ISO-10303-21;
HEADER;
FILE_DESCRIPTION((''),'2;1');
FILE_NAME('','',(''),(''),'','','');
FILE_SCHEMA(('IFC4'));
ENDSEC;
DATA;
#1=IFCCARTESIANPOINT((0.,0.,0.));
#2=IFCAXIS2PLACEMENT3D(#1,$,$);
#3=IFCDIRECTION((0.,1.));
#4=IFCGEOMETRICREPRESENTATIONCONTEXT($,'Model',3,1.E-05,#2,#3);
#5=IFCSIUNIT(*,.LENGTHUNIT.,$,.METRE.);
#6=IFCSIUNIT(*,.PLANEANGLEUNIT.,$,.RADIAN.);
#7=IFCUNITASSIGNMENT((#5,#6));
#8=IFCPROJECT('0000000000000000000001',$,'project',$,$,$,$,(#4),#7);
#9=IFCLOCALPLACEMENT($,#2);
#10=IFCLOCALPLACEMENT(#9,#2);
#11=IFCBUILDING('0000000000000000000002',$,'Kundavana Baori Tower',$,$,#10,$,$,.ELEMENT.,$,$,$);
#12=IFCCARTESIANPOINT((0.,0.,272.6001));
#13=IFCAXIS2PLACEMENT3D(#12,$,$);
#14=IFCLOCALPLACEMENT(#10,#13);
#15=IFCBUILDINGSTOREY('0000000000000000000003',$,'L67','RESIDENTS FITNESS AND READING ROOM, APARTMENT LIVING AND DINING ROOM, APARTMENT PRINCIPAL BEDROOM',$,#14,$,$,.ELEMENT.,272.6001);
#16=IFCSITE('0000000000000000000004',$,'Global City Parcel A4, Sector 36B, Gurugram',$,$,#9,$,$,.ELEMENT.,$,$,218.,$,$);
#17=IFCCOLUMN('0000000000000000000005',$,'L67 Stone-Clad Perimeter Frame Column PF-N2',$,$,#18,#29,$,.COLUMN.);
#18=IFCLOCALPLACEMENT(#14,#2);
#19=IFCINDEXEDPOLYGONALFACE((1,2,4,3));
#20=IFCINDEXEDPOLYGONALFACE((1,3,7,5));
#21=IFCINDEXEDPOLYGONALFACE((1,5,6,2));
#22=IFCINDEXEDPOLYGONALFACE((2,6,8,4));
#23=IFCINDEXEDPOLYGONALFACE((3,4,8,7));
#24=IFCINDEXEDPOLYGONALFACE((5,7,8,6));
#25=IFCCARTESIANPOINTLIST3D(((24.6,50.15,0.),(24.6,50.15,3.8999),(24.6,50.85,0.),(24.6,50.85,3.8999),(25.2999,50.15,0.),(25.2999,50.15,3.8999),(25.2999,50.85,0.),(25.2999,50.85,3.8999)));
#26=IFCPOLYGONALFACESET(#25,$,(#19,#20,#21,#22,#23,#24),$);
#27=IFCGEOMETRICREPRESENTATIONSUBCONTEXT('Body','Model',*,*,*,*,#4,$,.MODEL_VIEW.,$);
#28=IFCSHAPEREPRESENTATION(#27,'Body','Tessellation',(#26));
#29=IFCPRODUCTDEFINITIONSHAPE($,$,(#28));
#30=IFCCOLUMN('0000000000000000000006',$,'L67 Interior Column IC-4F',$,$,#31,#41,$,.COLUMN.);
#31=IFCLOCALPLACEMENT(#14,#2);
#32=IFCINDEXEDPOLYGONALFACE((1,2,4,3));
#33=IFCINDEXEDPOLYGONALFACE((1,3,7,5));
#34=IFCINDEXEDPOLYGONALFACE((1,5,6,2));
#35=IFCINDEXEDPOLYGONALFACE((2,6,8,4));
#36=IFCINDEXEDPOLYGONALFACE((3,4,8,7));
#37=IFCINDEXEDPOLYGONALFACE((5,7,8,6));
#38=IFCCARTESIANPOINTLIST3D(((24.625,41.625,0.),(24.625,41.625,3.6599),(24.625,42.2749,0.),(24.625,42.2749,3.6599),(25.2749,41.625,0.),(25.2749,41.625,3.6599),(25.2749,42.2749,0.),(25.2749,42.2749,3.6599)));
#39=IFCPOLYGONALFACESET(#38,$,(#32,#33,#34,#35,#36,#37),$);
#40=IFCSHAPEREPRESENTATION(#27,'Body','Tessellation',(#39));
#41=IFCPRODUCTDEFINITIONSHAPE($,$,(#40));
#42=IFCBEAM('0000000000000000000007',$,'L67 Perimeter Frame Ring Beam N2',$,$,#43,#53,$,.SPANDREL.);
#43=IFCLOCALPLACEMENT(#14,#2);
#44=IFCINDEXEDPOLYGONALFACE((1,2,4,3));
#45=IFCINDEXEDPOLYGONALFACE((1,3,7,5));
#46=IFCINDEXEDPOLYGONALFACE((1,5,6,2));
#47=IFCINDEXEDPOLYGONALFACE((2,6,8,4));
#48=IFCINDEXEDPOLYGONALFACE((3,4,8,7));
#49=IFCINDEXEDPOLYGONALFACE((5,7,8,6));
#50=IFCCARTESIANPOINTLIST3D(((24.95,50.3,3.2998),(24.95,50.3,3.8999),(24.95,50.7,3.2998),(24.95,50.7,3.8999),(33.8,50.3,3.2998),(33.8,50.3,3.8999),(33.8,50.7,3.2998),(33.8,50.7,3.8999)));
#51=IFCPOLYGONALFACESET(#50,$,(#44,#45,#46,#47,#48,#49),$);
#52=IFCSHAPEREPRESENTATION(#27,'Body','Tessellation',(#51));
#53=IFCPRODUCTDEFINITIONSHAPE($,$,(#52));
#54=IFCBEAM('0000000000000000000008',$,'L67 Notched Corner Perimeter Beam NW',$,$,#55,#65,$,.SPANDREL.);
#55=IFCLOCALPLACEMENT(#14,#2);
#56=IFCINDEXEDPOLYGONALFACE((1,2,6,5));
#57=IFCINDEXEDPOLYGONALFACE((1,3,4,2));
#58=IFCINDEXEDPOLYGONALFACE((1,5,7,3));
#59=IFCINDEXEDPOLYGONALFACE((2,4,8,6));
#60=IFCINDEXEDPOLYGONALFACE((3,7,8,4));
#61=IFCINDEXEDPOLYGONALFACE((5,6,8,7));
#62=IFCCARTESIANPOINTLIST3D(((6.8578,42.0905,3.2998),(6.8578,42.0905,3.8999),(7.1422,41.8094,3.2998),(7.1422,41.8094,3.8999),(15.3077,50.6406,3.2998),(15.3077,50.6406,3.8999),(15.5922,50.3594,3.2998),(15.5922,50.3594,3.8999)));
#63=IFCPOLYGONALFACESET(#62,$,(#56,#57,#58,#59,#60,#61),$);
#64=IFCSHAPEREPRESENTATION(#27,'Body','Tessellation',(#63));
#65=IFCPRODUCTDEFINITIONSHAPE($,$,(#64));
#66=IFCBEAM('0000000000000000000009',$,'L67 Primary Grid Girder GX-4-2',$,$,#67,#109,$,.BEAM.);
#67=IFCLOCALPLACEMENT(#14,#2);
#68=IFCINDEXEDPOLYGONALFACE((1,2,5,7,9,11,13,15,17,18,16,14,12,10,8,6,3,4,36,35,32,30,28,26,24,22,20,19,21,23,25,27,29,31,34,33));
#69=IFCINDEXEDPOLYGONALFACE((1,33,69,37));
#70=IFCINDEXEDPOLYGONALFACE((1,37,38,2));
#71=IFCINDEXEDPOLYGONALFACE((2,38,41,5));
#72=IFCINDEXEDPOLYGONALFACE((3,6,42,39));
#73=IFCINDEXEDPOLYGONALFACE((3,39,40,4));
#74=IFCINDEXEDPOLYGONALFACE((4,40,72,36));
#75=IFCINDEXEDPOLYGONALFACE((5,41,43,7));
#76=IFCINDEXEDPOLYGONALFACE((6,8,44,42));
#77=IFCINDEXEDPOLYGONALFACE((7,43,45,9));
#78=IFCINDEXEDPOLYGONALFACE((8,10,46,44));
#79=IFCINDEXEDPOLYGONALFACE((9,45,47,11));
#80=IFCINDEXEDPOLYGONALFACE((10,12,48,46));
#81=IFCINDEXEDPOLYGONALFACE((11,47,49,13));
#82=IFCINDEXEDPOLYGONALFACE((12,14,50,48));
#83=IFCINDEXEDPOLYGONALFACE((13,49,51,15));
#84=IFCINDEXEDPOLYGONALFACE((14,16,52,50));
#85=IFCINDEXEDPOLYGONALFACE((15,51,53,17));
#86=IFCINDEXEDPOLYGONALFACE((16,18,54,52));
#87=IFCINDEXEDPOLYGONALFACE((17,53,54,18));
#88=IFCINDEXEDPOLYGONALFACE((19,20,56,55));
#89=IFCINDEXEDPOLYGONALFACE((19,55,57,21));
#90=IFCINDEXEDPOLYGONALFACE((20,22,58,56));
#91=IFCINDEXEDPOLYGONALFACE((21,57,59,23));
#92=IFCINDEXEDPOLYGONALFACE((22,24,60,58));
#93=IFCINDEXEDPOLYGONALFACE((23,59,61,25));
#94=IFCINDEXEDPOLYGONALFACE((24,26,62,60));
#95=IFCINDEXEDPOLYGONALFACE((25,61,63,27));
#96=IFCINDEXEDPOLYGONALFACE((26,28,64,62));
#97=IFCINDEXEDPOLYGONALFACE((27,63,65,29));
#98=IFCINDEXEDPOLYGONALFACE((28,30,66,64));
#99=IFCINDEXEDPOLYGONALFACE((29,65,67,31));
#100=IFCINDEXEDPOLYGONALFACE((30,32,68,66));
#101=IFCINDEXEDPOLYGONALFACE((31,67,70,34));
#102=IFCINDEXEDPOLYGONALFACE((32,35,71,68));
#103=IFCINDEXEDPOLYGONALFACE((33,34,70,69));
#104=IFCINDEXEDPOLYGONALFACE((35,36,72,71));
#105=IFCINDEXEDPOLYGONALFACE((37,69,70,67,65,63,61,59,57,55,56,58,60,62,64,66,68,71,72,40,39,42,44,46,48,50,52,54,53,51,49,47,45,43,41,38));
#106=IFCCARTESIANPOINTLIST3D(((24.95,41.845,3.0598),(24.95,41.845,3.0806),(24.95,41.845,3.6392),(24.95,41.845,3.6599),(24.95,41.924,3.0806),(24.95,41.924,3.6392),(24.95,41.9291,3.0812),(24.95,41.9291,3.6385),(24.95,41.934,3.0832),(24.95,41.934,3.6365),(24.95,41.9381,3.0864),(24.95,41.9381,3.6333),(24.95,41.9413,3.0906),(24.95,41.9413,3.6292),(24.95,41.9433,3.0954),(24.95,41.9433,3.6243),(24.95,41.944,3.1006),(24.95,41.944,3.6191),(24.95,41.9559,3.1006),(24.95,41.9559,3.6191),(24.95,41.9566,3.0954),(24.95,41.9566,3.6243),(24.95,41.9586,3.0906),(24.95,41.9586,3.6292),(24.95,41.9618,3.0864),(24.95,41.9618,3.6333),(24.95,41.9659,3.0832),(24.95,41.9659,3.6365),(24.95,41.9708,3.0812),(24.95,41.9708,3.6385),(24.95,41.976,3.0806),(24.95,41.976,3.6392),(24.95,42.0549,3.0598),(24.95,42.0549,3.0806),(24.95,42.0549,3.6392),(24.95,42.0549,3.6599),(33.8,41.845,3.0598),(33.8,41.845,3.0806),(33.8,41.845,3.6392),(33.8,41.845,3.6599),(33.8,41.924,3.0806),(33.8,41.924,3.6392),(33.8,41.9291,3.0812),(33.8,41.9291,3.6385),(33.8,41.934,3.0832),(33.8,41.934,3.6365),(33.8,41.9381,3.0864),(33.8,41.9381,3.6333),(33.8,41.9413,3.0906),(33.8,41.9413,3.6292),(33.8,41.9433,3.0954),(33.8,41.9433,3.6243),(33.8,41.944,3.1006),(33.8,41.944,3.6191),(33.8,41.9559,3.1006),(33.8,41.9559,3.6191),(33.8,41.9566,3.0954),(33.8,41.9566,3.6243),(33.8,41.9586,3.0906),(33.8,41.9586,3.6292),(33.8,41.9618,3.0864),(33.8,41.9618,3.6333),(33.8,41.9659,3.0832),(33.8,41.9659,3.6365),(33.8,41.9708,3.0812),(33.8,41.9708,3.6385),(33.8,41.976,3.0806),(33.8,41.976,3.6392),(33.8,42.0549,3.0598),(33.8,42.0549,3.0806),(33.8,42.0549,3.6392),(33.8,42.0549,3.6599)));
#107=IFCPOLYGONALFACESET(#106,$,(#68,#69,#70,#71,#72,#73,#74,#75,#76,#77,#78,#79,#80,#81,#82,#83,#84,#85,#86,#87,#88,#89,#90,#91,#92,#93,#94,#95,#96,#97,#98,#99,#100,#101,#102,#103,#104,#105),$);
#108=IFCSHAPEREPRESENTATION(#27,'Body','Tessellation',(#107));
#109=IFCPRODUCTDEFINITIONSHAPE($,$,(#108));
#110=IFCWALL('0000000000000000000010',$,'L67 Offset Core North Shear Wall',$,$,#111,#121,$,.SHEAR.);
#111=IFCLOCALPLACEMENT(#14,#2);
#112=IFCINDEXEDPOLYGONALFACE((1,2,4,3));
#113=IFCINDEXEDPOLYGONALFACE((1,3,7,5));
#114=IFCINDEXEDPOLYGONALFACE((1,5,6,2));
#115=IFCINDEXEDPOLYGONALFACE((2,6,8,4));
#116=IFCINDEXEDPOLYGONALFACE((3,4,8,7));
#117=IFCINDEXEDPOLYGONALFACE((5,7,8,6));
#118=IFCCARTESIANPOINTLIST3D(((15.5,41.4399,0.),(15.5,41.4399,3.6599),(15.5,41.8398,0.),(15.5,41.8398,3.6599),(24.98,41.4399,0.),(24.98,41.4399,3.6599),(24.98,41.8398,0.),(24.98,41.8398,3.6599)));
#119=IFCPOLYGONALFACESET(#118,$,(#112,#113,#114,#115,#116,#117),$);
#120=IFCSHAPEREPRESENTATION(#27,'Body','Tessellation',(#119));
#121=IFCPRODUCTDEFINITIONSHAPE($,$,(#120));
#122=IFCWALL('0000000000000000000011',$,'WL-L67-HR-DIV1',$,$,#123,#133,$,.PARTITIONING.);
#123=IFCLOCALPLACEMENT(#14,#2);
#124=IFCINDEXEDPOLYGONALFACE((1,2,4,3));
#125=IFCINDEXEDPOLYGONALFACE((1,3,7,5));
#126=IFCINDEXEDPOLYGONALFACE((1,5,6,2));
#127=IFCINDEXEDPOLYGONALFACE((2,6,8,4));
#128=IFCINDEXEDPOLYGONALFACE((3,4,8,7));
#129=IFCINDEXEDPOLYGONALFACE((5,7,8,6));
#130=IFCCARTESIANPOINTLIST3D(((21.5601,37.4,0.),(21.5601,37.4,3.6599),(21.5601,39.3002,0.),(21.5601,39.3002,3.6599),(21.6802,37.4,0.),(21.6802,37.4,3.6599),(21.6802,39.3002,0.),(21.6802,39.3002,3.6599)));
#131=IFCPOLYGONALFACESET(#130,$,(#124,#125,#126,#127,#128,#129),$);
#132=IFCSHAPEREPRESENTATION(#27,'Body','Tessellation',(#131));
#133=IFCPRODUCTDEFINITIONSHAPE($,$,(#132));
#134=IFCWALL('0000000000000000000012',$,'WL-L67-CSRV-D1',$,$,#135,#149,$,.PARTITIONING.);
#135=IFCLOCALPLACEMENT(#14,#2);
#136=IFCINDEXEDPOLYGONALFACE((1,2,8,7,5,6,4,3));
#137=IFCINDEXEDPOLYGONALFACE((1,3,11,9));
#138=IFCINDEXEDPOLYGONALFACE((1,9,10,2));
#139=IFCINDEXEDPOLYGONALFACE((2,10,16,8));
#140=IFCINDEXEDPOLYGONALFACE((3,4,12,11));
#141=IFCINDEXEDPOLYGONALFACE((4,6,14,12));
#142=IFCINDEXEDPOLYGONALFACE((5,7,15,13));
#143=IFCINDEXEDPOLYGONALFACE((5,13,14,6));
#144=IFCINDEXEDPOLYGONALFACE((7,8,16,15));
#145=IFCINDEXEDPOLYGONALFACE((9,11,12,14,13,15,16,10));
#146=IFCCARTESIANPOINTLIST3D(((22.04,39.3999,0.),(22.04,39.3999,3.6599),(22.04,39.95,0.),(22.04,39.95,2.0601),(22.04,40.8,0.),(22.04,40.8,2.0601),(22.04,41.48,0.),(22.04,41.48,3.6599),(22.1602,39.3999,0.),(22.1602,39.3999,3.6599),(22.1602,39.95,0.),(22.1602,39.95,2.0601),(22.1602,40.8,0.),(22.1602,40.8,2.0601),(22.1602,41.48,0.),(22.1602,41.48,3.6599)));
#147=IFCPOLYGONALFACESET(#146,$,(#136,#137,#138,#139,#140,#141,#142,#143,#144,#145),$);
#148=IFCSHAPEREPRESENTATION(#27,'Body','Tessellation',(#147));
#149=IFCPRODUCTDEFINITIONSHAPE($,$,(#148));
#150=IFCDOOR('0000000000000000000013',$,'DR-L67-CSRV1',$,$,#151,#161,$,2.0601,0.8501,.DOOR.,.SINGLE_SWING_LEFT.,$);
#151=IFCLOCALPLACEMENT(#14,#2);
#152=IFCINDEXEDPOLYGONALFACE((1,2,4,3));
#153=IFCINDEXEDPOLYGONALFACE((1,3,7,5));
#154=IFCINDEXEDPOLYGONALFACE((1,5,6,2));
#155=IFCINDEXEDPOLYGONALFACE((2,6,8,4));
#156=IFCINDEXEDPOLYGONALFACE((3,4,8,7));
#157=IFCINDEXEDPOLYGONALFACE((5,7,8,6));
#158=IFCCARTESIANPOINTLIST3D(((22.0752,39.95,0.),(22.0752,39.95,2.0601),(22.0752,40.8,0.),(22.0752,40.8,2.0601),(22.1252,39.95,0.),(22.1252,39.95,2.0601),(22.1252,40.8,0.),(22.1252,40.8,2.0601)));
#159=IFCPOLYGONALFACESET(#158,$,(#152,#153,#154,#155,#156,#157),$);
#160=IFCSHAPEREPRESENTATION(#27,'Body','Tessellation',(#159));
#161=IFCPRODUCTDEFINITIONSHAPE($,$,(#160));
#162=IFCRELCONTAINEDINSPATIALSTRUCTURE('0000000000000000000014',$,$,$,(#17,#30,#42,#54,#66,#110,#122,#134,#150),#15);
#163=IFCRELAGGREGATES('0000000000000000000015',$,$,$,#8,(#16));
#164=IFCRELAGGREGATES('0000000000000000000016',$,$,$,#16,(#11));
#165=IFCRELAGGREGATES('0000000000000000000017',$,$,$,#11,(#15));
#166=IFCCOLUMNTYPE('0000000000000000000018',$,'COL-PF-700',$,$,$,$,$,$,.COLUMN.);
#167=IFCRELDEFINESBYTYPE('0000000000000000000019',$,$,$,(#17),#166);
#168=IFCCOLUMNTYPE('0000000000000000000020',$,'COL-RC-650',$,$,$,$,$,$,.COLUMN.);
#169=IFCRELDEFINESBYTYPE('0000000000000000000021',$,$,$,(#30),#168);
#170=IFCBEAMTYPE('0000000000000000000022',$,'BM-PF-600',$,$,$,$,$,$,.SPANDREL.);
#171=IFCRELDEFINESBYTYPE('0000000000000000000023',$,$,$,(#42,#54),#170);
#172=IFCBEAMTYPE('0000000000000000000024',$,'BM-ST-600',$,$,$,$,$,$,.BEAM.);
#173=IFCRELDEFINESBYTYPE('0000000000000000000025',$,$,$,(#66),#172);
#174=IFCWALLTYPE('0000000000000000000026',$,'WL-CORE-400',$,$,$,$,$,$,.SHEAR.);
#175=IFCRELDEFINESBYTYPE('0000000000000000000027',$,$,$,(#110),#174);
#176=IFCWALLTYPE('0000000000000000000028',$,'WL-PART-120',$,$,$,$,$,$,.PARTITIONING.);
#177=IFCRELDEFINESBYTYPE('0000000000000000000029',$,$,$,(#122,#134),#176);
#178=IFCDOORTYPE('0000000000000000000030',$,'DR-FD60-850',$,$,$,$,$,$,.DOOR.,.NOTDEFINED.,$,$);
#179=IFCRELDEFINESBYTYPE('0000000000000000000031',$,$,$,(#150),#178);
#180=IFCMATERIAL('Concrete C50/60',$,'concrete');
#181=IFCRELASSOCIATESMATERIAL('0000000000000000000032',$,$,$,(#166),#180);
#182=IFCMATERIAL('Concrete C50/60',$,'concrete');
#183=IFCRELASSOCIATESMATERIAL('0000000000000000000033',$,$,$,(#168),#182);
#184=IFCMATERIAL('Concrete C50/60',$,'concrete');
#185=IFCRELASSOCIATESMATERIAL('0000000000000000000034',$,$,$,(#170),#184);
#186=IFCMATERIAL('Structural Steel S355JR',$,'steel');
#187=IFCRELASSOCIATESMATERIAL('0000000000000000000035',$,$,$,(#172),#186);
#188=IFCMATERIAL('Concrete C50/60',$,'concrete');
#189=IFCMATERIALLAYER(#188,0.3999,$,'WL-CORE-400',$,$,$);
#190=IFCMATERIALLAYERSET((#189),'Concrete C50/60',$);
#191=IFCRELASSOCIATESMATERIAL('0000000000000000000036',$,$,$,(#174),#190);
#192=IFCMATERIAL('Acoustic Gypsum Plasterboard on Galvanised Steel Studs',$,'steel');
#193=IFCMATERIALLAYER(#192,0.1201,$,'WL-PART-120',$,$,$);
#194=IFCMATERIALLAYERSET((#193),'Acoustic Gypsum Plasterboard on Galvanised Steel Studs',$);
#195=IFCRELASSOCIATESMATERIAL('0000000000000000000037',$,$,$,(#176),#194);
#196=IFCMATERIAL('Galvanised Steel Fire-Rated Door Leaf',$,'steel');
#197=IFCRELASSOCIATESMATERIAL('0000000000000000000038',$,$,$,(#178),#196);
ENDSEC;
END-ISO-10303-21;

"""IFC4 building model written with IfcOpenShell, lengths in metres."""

from ifc_helpers import new_model, si_unit, direction, frame, frame_2d, origin, origin_2d, place, context, subcontext, project, spatial, rectangle, i_section, extrude, material, layer, layer_set, material_profile, profile_set, type_object, element, fill, save


model = new_model("IFC4")

# Units and contexts
model_context = context("Model", 3, precision=1e-05, world=origin(), true_north=direction((0.0, 1.0)))
body_context = subcontext(model_context, "Body", "Model", "MODEL_VIEW")
ifc_project = project(units=[si_unit("LENGTHUNIT", "METRE"), si_unit("PLANEANGLEUNIT", "RADIAN")], contexts=[model_context])

# Site, building, storey
site_placement = place(None, origin())
site = spatial("IfcSite", under=ifc_project, at=site_placement, Name="Global City Parcel A4, Sector 36B, Gurugram", CompositionType="ELEMENT", RefElevation=218.0)
building_placement = place(site_placement, origin())
building = spatial("IfcBuilding", under=site, at=building_placement, Name="Kundavana Baori Tower", CompositionType="ELEMENT")
storey_placement = place(building_placement, frame((0.0, 0.0, 272.6001)))
storey = spatial("IfcBuildingStorey", under=building, at=storey_placement, Name="L67", Description="RESIDENTS FITNESS AND READING ROOM, APARTMENT LIVING AND DINING ROOM, APARTMENT PRINCIPAL BEDROOM", CompositionType="ELEMENT", Elevation=272.6001)

# Columns
ifc_material_1 = material(Name="Concrete C50/60", Category="concrete")
ifc_material_profile_1 = material_profile(ifc_material_1, rectangle(XDim=0.7, YDim=0.7, at=origin_2d()), Name="RC PF 700x700")
ifc_profile_set_1 = profile_set([ifc_material_profile_1], Name="Concrete C50/60")
column_type_1 = type_object("IfcColumnType", Name="COL-PF-700", PredefinedType="COLUMN", material=ifc_profile_set_1)
column_1_placement = place(storey_placement, frame((24.95, 50.5, 0.0), z_axis=(0.0, 0.0, 1.0), x_axis=(1.0, 0.0, 0.0)))
element("IfcColumn", 1, at=column_1_placement, inside=storey, type_object=column_type_1, Name="L67 Stone-Clad Perimeter Frame Column PF-N2", PredefinedType="COLUMN", context=body_context, shape_type="SweptSolid", body=[
    extrude(rectangle(XDim=0.7, YDim=0.7, at=origin_2d()), origin(), (0.0, 0.0, 1.0), 3.8999),
])
ifc_material_2 = material(Name="Concrete C50/60", Category="concrete")
ifc_material_profile_2 = material_profile(ifc_material_2, rectangle(XDim=0.6499, YDim=0.6499, at=origin_2d()), Name="RC 650x650")
ifc_profile_set_2 = profile_set([ifc_material_profile_2], Name="Concrete C50/60")
column_type_2 = type_object("IfcColumnType", Name="COL-RC-650", PredefinedType="COLUMN", material=ifc_profile_set_2)
column_2_placement = place(storey_placement, frame((24.95, 41.95, 0.0), z_axis=(0.0, 0.0, 1.0), x_axis=(1.0, 0.0, 0.0)))
element("IfcColumn", 2, at=column_2_placement, inside=storey, type_object=column_type_2, Name="L67 Interior Column IC-4F", PredefinedType="COLUMN", context=body_context, shape_type="SweptSolid", body=[
    extrude(rectangle(XDim=0.6499, YDim=0.6499, at=origin_2d()), origin(), (0.0, 0.0, 1.0), 3.6599),
])

# Beams
ifc_material_3 = material(Name="Concrete C50/60", Category="concrete")
ifc_material_profile_3 = material_profile(ifc_material_3, rectangle(XDim=0.3999, YDim=0.6001, at=origin_2d()), Name="RC BM 400x600")
ifc_profile_set_3 = profile_set([ifc_material_profile_3], Name="Concrete C50/60")
beam_type_1 = type_object("IfcBeamType", Name="BM-PF-600", PredefinedType="SPANDREL", material=ifc_profile_set_3)
beam_1_placement = place(storey_placement, frame((24.95, 50.5, 3.5999), z_axis=(1.0, 0.0, 0.0), x_axis=(0.0, 1.0, 0.0)))
element("IfcBeam", 3, at=beam_1_placement, inside=storey, type_object=beam_type_1, Name="L67 Perimeter Frame Ring Beam N2", PredefinedType="SPANDREL", context=body_context, shape_type="SweptSolid", body=[
    extrude(rectangle(XDim=0.3999, YDim=0.6001, at=origin_2d()), origin(), (0.0, 0.0, 1.0), 8.8501),
])
beam_2_placement = place(storey_placement, frame((15.45, 50.5, 3.5999), z_axis=(-0.702931, -0.711258, 0.0), x_axis=(0.711258, -0.702931, 0.0)))
element("IfcBeam", 4, at=beam_2_placement, inside=storey, type_object=beam_type_1, Name="L67 Notched Corner Perimeter Beam NW", PredefinedType="SPANDREL", context=body_context, shape_type="SweptSolid", body=[
    extrude(rectangle(XDim=0.3999, YDim=0.6001, at=origin_2d()), origin(), (0.0, 0.0, 1.0), 12.021),
])
ifc_material_4 = material(Name="Structural Steel S355JR", Category="steel")
ifc_material_profile_4 = material_profile(ifc_material_4, i_section(OverallWidth=0.21, OverallDepth=0.6001, WebThickness=0.012, FlangeThickness=0.0208, FilletRadius=0.02, at=origin_2d()), Name="ISMB 600")
ifc_profile_set_4 = profile_set([ifc_material_profile_4], Name="Structural Steel S355JR")
beam_type_2 = type_object("IfcBeamType", Name="BM-ST-600", PredefinedType="BEAM", material=ifc_profile_set_4)
beam_3_placement = place(storey_placement, frame((24.95, 41.95, 3.3599), z_axis=(1.0, 0.0, 0.0), x_axis=(0.0, 1.0, 0.0)))
element("IfcBeam", 5, at=beam_3_placement, inside=storey, type_object=beam_type_2, Name="L67 Primary Grid Girder GX-4-2", PredefinedType="BEAM", context=body_context, shape_type="SweptSolid", body=[
    extrude(i_section(OverallWidth=0.21, OverallDepth=0.6001, WebThickness=0.012, FlangeThickness=0.0208, FilletRadius=0.02, at=origin_2d()), origin(), (0.0, 0.0, 1.0), 8.8501),
])

# Walls
ifc_material_5 = material(Name="Concrete C50/60", Category="concrete")
ifc_layer_1 = layer(ifc_material_5, 0.3999, Name="WL-CORE-400")
ifc_layer_set_1 = layer_set([ifc_layer_1], Name="Concrete C50/60")
wall_type_1 = type_object("IfcWallType", Name="WL-CORE-400", PredefinedType="SHEAR", material=ifc_layer_set_1)
wall_1_placement = place(storey_placement, frame((15.5, 41.6399, 0.0), z_axis=(0.0, 0.0, 1.0), x_axis=(1.0, 0.0, 0.0)))
element("IfcWall", 6, at=wall_1_placement, inside=storey, type_object=wall_type_1, Name="L67 Offset Core North Shear Wall", PredefinedType="SHEAR", context=body_context, shape_type="SweptSolid", body=[
    extrude(rectangle(XDim=9.48, YDim=0.3999, at=frame_2d((4.74, 0.0))), origin(), (0.0, 0.0, 1.0), 3.6599),
])
ifc_material_6 = material(Name="Acoustic Gypsum Plasterboard on Galvanised Steel Studs", Category="steel")
ifc_layer_2 = layer(ifc_material_6, 0.1201, Name="WL-PART-120")
ifc_layer_set_2 = layer_set([ifc_layer_2], Name="Acoustic Gypsum Plasterboard on Galvanised Steel Studs")
wall_type_2 = type_object("IfcWallType", Name="WL-PART-120", PredefinedType="PARTITIONING", material=ifc_layer_set_2)
wall_2_placement = place(storey_placement, frame((21.6201, 37.3999, 0.0), z_axis=(0.0, 0.0, 1.0), x_axis=(0.0, 1.0, 0.0)))
element("IfcWall", 7, at=wall_2_placement, inside=storey, type_object=wall_type_2, Name="WL-L67-HR-DIV1", PredefinedType="PARTITIONING", context=body_context, shape_type="SweptSolid", body=[
    extrude(rectangle(XDim=1.9001, YDim=0.1201, at=frame_2d((0.9502, 0.0))), origin(), (0.0, 0.0, 1.0), 3.6599),
])

# Wall, opening, door
wall_3_placement = place(storey_placement, frame((22.1001, 39.3999, 0.0), z_axis=(0.0, 0.0, 1.0), x_axis=(0.0, 1.0, 0.0)))
wall_3 = element("IfcWall", 8, at=wall_3_placement, inside=storey, type_object=wall_type_2, Name="WL-L67-CSRV-D1", PredefinedType="PARTITIONING", context=body_context, shape_type="SweptSolid", body=[
    extrude(rectangle(XDim=2.0801, YDim=0.1201, at=frame_2d((1.04, 0.0))), origin(), (0.0, 0.0, 1.0), 3.6599),
])
opening_1_placement = place(wall_3_placement, frame((0.55, 0.0, 0.0)))
opening_1 = element("IfcOpeningElement", 9, at=opening_1_placement, cuts=wall_3, PredefinedType="OPENING", context=body_context, shape_type="SweptSolid", body=[
    extrude(rectangle(XDim=0.8501, YDim=2.0601, at=frame_2d((0.425, 1.03))), frame((0.0, 0.0701, 0.0), z_axis=(0.0, -1.0, 0.0), x_axis=(1.0, 0.0, 0.0)), (0.0, 0.0, 1.0), 0.1401),
])
ifc_material_7 = material(Name="Galvanised Steel Fire-Rated Door Leaf", Category="steel")
door_type_1 = type_object("IfcDoorType", Name="DR-FD60-850", OperationType="NOTDEFINED", PredefinedType="DOOR", material=ifc_material_7)
door_1_placement = place(opening_1_placement, origin())
door_1 = element("IfcDoor", 10, at=door_1_placement, inside=storey, type_object=door_type_1, Name="DR-L67-CSRV1", OperationType="SINGLE_SWING_LEFT", OverallHeight=2.0601, OverallWidth=0.8501, PredefinedType="DOOR", context=body_context, shape_type="SweptSolid", body=[
    extrude(rectangle(XDim=0.8501, YDim=2.0601, at=frame_2d((0.425, 1.03))), frame((0.0, 0.0249, 0.0), z_axis=(0.0, -1.0, 0.0), x_axis=(1.0, 0.0, 0.0)), (0.0, 0.0, 1.0), 0.05),
])
fill(opening_1, door_1)

save(model, "model.ifc")
